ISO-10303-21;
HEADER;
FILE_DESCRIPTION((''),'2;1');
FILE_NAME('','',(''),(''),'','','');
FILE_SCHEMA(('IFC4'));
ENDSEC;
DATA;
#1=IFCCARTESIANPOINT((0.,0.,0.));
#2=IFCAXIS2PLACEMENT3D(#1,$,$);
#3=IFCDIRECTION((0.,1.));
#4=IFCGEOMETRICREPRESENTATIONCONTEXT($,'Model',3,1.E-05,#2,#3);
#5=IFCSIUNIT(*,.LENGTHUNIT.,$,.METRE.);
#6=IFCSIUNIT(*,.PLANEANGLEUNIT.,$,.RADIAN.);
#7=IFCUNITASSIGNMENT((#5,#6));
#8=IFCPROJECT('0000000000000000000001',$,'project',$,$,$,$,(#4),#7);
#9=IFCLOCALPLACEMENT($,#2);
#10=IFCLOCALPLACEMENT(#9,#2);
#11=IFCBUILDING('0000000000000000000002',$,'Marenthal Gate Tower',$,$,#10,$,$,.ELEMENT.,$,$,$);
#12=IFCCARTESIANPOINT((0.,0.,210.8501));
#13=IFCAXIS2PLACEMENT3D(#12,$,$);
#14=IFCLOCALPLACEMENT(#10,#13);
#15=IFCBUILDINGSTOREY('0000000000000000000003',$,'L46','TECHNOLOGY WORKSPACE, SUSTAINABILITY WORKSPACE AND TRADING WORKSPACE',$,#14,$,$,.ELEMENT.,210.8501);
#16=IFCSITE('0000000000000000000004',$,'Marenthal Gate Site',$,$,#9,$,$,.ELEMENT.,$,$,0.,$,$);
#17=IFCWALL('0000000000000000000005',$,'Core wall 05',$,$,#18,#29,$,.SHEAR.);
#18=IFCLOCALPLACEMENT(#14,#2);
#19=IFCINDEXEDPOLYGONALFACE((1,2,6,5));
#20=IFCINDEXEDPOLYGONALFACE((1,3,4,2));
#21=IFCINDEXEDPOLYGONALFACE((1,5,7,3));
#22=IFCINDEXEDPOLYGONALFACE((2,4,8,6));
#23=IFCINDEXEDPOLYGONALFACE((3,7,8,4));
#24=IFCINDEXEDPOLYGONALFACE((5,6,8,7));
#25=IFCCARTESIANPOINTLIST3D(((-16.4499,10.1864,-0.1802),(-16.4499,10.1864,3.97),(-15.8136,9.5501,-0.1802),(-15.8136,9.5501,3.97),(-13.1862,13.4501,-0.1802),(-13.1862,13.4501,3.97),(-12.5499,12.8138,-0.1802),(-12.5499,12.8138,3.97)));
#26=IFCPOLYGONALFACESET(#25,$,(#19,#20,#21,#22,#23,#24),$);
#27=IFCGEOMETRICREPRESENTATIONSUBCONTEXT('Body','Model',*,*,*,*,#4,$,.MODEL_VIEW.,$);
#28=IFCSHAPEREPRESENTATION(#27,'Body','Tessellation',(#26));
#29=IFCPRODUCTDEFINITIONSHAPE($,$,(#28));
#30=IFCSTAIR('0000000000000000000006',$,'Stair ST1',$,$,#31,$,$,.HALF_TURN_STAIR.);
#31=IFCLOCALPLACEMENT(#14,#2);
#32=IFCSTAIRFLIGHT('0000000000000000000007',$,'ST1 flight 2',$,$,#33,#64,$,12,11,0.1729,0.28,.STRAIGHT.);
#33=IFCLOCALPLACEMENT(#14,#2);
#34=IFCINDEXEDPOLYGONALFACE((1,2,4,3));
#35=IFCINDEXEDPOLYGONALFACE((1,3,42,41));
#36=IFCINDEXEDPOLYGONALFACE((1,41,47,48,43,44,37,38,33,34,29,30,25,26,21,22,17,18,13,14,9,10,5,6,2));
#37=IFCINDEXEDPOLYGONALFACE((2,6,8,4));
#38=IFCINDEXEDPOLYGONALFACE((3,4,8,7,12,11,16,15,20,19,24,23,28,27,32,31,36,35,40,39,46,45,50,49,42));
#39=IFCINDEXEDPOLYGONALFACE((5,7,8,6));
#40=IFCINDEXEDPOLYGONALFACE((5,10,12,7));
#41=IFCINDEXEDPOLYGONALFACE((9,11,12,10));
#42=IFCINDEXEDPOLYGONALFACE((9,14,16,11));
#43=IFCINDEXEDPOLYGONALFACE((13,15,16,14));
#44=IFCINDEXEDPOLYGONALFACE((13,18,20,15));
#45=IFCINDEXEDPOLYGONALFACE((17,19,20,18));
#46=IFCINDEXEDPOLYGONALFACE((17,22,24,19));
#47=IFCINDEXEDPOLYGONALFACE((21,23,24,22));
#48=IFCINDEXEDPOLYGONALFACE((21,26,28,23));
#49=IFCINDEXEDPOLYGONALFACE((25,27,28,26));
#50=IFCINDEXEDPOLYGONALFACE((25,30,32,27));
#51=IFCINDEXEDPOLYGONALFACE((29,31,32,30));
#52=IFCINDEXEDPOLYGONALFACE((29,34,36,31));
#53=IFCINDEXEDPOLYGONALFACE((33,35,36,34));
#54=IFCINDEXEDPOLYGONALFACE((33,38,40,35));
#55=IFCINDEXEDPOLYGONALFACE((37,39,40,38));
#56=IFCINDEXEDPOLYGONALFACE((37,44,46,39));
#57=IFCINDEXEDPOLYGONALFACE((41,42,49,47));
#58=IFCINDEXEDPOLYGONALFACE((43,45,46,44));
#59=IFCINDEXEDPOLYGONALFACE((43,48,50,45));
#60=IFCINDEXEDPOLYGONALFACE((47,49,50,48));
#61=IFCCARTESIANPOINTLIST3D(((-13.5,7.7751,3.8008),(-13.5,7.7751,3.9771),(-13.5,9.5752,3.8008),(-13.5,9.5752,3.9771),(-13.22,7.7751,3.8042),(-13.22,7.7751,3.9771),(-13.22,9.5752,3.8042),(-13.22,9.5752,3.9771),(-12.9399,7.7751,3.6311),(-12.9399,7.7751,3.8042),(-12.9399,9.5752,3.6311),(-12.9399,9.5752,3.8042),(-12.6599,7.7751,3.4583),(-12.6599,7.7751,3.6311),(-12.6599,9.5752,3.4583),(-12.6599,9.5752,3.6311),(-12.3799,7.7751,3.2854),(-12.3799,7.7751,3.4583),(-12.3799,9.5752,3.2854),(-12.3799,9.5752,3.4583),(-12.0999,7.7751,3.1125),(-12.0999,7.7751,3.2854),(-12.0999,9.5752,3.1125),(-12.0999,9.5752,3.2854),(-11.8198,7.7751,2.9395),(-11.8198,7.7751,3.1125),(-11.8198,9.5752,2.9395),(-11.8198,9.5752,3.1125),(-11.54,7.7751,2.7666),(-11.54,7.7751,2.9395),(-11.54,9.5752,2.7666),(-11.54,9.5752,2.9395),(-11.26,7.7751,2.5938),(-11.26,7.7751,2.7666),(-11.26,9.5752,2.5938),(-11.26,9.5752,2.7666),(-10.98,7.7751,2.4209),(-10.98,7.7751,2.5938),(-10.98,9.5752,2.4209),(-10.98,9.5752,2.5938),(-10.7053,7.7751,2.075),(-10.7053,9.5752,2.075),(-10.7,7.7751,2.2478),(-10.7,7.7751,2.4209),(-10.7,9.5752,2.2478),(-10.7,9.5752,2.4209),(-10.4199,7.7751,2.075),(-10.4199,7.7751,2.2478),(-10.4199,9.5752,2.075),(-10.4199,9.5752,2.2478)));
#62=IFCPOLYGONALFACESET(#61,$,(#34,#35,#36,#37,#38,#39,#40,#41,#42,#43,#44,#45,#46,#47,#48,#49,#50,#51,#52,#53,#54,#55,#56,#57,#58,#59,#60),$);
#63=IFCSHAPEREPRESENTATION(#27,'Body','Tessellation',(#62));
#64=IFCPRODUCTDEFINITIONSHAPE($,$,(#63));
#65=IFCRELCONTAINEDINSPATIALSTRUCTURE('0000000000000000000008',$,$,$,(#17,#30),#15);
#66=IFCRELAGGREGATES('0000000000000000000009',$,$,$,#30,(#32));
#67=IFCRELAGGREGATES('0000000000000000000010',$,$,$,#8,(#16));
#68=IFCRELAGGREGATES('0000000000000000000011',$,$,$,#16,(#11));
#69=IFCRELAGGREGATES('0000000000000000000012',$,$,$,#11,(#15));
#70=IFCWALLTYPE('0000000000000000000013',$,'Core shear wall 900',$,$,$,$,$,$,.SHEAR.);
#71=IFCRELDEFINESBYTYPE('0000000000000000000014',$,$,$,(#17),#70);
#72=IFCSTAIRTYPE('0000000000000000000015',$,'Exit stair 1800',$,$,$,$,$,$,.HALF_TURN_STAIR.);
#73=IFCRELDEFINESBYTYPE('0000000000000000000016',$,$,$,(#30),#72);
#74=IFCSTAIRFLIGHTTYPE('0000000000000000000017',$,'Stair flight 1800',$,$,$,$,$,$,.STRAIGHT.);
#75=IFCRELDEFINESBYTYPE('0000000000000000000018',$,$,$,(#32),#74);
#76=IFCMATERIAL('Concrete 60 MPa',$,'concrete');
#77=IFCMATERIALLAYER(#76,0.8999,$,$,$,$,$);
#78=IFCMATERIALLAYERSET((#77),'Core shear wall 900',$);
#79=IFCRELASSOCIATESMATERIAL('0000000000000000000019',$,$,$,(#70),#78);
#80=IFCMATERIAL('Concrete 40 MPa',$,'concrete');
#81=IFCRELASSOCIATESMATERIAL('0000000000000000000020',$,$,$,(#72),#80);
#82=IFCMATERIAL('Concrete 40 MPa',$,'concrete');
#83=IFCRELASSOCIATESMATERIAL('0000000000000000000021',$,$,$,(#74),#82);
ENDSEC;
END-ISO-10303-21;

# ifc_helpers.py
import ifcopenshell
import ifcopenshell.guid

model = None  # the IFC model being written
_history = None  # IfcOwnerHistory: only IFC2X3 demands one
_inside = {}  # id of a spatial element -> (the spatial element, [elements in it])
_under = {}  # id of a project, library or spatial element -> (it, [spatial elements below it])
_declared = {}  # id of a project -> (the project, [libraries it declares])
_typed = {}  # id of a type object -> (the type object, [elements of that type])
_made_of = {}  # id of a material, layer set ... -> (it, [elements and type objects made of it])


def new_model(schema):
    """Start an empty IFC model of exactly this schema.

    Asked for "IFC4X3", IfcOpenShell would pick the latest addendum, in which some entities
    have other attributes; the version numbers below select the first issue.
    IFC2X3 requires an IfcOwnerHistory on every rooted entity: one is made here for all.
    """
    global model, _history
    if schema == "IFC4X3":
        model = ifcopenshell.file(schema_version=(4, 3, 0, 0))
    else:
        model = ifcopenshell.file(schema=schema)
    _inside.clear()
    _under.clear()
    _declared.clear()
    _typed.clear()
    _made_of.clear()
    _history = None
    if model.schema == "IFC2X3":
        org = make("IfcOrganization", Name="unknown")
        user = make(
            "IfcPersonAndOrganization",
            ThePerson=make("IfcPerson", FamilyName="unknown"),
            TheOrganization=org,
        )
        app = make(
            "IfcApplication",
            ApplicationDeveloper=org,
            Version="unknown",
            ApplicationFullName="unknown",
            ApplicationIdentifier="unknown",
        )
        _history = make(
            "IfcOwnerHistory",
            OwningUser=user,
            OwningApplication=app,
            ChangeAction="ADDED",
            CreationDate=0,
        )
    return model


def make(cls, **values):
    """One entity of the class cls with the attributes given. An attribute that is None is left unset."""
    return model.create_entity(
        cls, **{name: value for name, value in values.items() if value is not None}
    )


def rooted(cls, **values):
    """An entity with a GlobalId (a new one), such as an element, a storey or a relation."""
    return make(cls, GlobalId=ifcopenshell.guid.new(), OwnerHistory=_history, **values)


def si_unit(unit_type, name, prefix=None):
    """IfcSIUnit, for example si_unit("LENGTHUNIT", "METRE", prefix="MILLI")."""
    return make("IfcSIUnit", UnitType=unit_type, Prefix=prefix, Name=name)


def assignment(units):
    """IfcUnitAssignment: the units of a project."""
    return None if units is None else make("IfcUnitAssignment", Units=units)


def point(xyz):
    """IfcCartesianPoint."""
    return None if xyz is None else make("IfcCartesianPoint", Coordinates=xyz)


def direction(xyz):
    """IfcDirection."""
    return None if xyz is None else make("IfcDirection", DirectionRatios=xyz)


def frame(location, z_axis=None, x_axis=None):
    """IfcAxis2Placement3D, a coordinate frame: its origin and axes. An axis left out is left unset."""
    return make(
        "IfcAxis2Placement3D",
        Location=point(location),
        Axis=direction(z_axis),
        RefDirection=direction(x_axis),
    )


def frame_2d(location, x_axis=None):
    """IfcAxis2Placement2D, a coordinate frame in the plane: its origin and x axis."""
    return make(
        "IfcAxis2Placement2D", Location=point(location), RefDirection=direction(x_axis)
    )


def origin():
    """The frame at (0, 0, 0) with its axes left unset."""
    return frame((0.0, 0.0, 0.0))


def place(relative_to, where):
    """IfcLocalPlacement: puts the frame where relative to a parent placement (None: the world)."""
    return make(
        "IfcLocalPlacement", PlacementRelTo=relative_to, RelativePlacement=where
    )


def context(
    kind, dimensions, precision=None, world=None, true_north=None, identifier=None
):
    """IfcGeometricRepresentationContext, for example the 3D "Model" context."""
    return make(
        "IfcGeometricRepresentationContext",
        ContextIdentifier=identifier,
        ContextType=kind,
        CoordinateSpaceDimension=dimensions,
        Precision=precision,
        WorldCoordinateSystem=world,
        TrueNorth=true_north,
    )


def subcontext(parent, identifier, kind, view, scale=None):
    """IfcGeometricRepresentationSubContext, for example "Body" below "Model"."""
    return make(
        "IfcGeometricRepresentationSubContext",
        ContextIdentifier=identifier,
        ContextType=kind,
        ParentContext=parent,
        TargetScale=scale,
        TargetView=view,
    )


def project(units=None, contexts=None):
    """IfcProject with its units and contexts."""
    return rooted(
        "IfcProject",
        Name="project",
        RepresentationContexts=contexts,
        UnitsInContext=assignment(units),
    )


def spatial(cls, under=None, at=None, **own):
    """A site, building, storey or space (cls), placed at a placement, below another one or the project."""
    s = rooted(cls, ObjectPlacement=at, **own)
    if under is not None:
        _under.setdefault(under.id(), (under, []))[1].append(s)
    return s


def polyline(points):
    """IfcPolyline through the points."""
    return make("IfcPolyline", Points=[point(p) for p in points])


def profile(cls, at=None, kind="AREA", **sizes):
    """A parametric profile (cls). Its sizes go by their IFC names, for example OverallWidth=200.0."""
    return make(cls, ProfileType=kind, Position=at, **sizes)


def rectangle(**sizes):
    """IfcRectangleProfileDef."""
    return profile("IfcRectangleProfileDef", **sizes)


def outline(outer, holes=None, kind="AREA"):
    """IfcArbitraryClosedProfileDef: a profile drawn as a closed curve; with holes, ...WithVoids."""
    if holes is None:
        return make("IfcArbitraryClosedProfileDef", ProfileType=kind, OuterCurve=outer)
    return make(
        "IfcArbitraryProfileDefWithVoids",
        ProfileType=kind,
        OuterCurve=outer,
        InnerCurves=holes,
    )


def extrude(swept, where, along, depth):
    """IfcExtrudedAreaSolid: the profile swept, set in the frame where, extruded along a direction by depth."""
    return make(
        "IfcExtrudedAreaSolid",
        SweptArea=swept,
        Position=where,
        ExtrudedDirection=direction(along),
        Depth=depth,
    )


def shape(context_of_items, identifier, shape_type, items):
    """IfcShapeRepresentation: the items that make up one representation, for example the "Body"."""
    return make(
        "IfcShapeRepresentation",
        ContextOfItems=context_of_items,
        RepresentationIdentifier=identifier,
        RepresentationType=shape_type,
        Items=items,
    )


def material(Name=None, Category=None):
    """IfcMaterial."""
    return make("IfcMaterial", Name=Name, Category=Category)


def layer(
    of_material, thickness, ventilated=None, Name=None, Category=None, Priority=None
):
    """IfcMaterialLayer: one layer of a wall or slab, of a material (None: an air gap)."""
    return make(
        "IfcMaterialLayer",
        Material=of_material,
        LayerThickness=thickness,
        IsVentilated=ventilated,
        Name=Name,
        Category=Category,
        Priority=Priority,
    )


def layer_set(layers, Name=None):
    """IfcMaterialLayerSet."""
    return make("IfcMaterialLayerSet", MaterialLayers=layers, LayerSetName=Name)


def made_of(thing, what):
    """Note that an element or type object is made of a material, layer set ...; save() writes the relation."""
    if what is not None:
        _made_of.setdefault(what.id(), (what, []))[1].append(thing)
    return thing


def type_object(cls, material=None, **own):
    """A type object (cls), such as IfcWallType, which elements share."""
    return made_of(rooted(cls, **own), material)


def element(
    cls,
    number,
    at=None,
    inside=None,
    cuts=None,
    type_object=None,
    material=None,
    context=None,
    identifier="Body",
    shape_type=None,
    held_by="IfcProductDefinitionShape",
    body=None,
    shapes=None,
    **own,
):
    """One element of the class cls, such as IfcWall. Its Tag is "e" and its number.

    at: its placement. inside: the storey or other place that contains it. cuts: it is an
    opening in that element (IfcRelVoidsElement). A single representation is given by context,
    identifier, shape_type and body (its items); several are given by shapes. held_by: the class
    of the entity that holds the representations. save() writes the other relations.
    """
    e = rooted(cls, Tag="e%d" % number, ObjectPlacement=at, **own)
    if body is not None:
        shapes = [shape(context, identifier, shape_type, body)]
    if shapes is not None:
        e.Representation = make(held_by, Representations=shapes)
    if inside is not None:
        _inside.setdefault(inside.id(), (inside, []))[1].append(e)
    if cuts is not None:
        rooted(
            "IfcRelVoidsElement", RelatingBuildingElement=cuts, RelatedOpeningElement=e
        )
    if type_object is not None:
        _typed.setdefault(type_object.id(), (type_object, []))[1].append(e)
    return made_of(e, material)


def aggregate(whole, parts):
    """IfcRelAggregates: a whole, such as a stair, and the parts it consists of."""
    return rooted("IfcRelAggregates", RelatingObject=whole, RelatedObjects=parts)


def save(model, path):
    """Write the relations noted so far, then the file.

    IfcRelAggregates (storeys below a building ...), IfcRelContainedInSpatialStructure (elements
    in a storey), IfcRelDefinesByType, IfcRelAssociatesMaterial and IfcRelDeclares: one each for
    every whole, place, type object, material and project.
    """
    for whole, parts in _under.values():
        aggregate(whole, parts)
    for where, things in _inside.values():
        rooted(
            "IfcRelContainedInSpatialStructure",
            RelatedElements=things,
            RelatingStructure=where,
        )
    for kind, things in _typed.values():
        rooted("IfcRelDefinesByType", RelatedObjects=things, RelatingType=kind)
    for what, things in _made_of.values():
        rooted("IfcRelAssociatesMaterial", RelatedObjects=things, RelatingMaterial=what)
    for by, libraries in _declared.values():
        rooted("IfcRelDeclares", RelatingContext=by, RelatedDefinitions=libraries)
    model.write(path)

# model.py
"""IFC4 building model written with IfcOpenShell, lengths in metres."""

from ifc_helpers import new_model, si_unit, direction, frame, frame_2d, origin, place, context, subcontext, project, spatial, polyline, rectangle, outline, extrude, material, layer, layer_set, type_object, element, aggregate, save


model = new_model("IFC4")

# Units and contexts
model_context = context("Model", 3, precision=1e-05, world=origin(), true_north=direction((0.0, 1.0)))
body_context = subcontext(model_context, "Body", "Model", "MODEL_VIEW")
ifc_project = project(units=[si_unit("LENGTHUNIT", "METRE"), si_unit("PLANEANGLEUNIT", "RADIAN")], contexts=[model_context])

# Site, building, storey
site_placement = place(None, origin())
site = spatial("IfcSite", under=ifc_project, at=site_placement, Name="Marenthal Gate Site", CompositionType="ELEMENT", RefElevation=0.0)
building_placement = place(site_placement, origin())
building = spatial("IfcBuilding", under=site, at=building_placement, Name="Marenthal Gate Tower", CompositionType="ELEMENT")
storey_placement = place(building_placement, frame((0.0, 0.0, 210.8501)))
storey = spatial("IfcBuildingStorey", under=building, at=storey_placement, Name="L46", Description="TECHNOLOGY WORKSPACE, SUSTAINABILITY WORKSPACE AND TRADING WORKSPACE", CompositionType="ELEMENT", Elevation=210.8501)

# Wall
ifc_material_1 = material(Name="Concrete 60 MPa", Category="concrete")
ifc_layer_1 = layer(ifc_material_1, 0.8999)
ifc_layer_set_1 = layer_set([ifc_layer_1], Name="Core shear wall 900")
wall_type = type_object("IfcWallType", Name="Core shear wall 900", PredefinedType="SHEAR", material=ifc_layer_set_1)
wall_placement = place(storey_placement, frame((-12.8682, 13.1318, -0.1802), z_axis=(0.0, 0.0, 1.0), x_axis=(-0.707107, -0.707107, 0.0)))
element("IfcWall", 1, at=wall_placement, inside=storey, type_object=wall_type, Name="Core wall 05", PredefinedType="SHEAR", context=body_context, shape_type="SweptSolid", body=[
    extrude(rectangle(XDim=4.6155, YDim=0.8999, at=frame_2d((2.3076, 0.0))), origin(), (0.0, 0.0, 1.0), 4.1501),
])

# Stair, stair flight
ifc_material_2 = material(Name="Concrete 40 MPa", Category="concrete")
stair_type = type_object("IfcStairType", Name="Exit stair 1800", PredefinedType="HALF_TURN_STAIR", material=ifc_material_2)
stair_placement = place(storey_placement, origin())
stair = element("IfcStair", 2, at=stair_placement, inside=storey, type_object=stair_type, Name="Stair ST1", PredefinedType="HALF_TURN_STAIR")
ifc_material_3 = material(Name="Concrete 40 MPa", Category="concrete")
stair_flight_type = type_object("IfcStairFlightType", Name="Stair flight 1800", PredefinedType="STRAIGHT", material=ifc_material_3)
stair_flight_placement = place(storey_placement, frame((-10.4199, 8.675, 2.075), z_axis=(0.0, 0.0, 1.0), x_axis=(-1.0, 0.0, 0.0)))
stair_flight = element("IfcStairFlight", 3, at=stair_flight_placement, type_object=stair_flight_type, Name="ST1 flight 2", NumberOfRisers=12, NumberOfTreads=11, PredefinedType="STRAIGHT", RiserHeight=0.1729, TreadLength=0.28, context=body_context, shape_type="SweptSolid", body=[
    extrude(outline(polyline([(0.0, 0.0), (0.0, 0.1729), (0.28, 0.1729), (0.28, 0.3459), (0.5601, 0.3459), (0.5601, 0.5188), (0.8401, 0.5188), (0.8401, 0.6917), (1.1201, 0.6917), (1.1201, 0.8645), (1.3999, 0.8645), (1.3999, 1.0376), (1.6799, 1.0376), (1.6799, 1.2104), (1.96, 1.2104), (1.96, 1.3833), (2.24, 1.3833), (2.24, 1.5562), (2.52, 1.5562), (2.52, 1.7292), (2.8, 1.7292), (2.8, 1.9021), (3.0801, 1.9021), (3.0801, 2.075), (3.0801, 1.7258), (0.2854, 0.0), (0.0, 0.0)])), frame((0.0, 0.8999, 0.0), z_axis=(0.0, -1.0, 0.0), x_axis=(1.0, 0.0, 0.0)), (0.0, 0.0, 1.0), 1.8),
])
aggregate(stair, [stair_flight])

save(model, "model.ifc")
